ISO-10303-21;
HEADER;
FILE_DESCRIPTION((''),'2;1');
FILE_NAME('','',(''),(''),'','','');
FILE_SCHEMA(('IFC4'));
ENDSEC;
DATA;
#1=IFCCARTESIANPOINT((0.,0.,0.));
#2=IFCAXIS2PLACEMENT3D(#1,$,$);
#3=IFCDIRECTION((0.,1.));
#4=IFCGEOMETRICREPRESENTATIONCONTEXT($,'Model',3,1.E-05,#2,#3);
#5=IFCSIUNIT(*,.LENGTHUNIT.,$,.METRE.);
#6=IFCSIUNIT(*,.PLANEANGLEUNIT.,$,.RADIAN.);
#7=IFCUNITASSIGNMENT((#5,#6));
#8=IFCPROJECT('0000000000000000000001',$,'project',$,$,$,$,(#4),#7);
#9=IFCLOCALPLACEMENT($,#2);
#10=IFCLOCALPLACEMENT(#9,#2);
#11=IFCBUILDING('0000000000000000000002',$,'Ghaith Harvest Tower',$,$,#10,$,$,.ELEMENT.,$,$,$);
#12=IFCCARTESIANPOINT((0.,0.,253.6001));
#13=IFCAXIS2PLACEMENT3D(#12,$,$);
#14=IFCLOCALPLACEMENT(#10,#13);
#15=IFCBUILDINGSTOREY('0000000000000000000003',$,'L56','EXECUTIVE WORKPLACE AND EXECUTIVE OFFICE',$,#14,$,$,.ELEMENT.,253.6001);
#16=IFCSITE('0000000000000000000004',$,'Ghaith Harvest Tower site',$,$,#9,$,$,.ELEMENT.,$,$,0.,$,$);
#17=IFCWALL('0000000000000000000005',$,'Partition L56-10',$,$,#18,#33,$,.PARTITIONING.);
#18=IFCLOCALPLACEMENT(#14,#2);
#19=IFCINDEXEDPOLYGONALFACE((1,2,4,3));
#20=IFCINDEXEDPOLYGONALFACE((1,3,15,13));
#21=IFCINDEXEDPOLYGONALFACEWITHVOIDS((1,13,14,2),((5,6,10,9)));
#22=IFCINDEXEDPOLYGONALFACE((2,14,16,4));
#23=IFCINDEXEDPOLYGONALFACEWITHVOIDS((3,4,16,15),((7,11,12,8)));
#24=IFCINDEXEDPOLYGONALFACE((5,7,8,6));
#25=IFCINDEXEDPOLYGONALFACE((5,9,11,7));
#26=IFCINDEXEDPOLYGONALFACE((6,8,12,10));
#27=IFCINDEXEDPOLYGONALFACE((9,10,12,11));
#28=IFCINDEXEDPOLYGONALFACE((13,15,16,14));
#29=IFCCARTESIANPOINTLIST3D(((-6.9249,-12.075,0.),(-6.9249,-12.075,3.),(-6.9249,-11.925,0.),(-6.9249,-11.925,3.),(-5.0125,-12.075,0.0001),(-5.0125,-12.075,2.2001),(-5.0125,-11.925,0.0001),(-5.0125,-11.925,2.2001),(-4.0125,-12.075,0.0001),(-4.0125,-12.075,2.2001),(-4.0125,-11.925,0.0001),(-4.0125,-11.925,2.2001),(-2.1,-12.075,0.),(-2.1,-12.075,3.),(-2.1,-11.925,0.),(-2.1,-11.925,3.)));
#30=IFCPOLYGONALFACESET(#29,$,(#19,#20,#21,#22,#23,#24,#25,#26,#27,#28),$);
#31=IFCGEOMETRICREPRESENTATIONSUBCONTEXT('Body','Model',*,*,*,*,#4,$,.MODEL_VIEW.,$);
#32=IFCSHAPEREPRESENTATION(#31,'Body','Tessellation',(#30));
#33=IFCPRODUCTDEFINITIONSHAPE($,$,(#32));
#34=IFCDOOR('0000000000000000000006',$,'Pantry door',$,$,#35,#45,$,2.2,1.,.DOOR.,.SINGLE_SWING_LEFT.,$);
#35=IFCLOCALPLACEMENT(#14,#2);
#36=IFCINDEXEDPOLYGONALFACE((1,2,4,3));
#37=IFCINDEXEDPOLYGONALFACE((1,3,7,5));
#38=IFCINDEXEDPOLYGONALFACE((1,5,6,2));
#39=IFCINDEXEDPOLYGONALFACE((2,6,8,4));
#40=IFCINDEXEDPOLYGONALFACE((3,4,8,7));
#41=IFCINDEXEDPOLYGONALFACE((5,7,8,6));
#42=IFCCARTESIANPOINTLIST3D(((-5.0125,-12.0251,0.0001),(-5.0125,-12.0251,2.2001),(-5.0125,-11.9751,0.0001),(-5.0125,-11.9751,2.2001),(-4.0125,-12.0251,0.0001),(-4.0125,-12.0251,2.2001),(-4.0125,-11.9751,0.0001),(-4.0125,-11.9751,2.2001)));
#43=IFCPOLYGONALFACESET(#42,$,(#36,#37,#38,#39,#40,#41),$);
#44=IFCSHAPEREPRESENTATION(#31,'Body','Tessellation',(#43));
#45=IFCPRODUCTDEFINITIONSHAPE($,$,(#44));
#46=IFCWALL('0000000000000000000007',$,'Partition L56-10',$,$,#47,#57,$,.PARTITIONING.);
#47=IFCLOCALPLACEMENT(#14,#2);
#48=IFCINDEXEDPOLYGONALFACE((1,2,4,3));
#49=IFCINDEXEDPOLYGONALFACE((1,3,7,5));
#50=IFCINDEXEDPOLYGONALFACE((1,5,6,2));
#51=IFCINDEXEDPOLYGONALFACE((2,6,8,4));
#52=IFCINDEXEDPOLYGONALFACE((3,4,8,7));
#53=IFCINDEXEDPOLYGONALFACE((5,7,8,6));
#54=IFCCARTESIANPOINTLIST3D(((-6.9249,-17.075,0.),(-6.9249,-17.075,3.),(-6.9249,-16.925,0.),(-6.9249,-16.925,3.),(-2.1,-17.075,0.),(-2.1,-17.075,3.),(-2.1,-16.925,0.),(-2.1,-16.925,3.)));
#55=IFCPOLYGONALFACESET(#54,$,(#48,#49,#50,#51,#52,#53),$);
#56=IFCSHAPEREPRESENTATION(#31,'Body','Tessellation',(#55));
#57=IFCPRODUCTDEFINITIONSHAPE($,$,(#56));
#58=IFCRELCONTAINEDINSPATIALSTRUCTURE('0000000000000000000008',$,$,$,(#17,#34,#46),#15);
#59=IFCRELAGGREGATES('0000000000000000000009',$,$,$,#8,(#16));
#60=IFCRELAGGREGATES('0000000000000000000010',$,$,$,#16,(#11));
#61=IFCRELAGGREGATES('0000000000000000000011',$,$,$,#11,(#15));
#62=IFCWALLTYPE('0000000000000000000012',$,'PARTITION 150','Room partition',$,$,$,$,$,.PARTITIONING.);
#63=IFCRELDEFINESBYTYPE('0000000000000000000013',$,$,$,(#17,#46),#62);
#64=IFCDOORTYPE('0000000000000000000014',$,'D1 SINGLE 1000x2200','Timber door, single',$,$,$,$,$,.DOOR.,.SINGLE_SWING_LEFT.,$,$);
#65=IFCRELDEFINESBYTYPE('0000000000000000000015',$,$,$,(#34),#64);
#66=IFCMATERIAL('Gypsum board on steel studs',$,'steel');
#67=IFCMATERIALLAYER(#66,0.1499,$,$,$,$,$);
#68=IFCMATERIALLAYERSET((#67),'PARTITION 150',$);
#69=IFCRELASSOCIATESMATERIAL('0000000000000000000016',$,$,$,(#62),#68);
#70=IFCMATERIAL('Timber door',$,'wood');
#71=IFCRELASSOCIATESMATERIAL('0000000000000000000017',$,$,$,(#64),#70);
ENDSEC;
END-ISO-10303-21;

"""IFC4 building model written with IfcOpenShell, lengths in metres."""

from ifc_helpers import new_model, si_unit, direction, frame, frame_2d, origin, place, context, subcontext, project, spatial, rectangle, extrude, material, layer, layer_set, type_object, element, fill, save


model = new_model("IFC4")

# Units and contexts
model_context = context("Model", 3, precision=1e-05, world=origin(), true_north=direction((0.0, 1.0)))
body_context = subcontext(model_context, "Body", "Model", "MODEL_VIEW")
ifc_project = project(units=[si_unit("LENGTHUNIT", "METRE"), si_unit("PLANEANGLEUNIT", "RADIAN")], contexts=[model_context])

# Site, building, storey
site_placement = place(None, origin())
site = spatial("IfcSite", under=ifc_project, at=site_placement, Name="Ghaith Harvest Tower site", CompositionType="ELEMENT", RefElevation=0.0)
building_placement = place(site_placement, origin())
building = spatial("IfcBuilding", under=site, at=building_placement, Name="Ghaith Harvest Tower", CompositionType="ELEMENT")
storey_placement = place(building_placement, frame((0.0, 0.0, 253.6001)))
storey = spatial("IfcBuildingStorey", under=building, at=storey_placement, Name="L56", Description="EXECUTIVE WORKPLACE AND EXECUTIVE OFFICE", CompositionType="ELEMENT", Elevation=253.6001)

# Shared definitions
ifc_material_1 = material(Name="Gypsum board on steel studs", Category="steel")
ifc_layer_1 = layer(ifc_material_1, 0.1499)
ifc_layer_set_1 = layer_set([ifc_layer_1], Name="PARTITION 150")
wall_type_1 = type_object("IfcWallType", Name="PARTITION 150", Description="Room partition", PredefinedType="PARTITIONING", material=ifc_layer_set_1)

# Shared definitions
ifc_material_2 = material(Name="Timber door", Category="wood")
door_type_1 = type_object("IfcDoorType", Name="D1 SINGLE 1000x2200", Description="Timber door, single", OperationType="SINGLE_SWING_LEFT", PredefinedType="DOOR", material=ifc_material_2)

# Wall, opening, door
wall_1_placement = place(storey_placement, frame((-6.925, -12.0, 0.0), z_axis=(0.0, 0.0, 1.0), x_axis=(1.0, 0.0, 0.0)))
wall_1 = element("IfcWall", 1, at=wall_1_placement, inside=storey, type_object=wall_type_1, Name="Partition L56-10", PredefinedType="PARTITIONING", context=body_context, shape_type="SweptSolid", body=[
    extrude(rectangle(XDim=4.825, YDim=0.1499, at=frame_2d((2.4126, 0.0))), origin(), (0.0, 0.0, 1.0), 3.0),
])
opening_1_placement = place(wall_1_placement, frame((1.9126, 0.0, 0.0)))
opening_1 = element("IfcOpeningElement", 2, at=opening_1_placement, cuts=wall_1, PredefinedType="OPENING", context=body_context, shape_type="SweptSolid", body=[
    extrude(rectangle(XDim=1.0, YDim=2.2, at=frame_2d((0.5, 1.1001))), frame((0.0, 0.085, 0.0), z_axis=(0.0, -1.0, 0.0), x_axis=(1.0, 0.0, 0.0)), (0.0, 0.0, 1.0), 0.1699),
])
door_1_placement = place(opening_1_placement, origin())
door_1 = element("IfcDoor", 3, at=door_1_placement, inside=storey, type_object=door_type_1, Name="Pantry door", OperationType="SINGLE_SWING_LEFT", OverallHeight=2.2, OverallWidth=1.0, PredefinedType="DOOR", context=body_context, shape_type="SweptSolid", body=[
    extrude(rectangle(XDim=1.0, YDim=2.2, at=frame_2d((0.5, 1.1001))), frame((0.0, 0.0249, 0.0), z_axis=(0.0, -1.0, 0.0), x_axis=(1.0, 0.0, 0.0)), (0.0, 0.0, 1.0), 0.05),
])
fill(opening_1, door_1)

# Wall
wall_2_placement = place(storey_placement, frame((-6.925, -17.0, 0.0), z_axis=(0.0, 0.0, 1.0), x_axis=(1.0, 0.0, 0.0)))
element("IfcWall", 4, at=wall_2_placement, inside=storey, type_object=wall_type_1, Name="Partition L56-10", PredefinedType="PARTITIONING", context=body_context, shape_type="SweptSolid", body=[
    extrude(rectangle(XDim=4.825, YDim=0.1499, at=frame_2d((2.4126, 0.0))), origin(), (0.0, 0.0, 1.0), 3.0),
])

save(model, "model.ifc")
